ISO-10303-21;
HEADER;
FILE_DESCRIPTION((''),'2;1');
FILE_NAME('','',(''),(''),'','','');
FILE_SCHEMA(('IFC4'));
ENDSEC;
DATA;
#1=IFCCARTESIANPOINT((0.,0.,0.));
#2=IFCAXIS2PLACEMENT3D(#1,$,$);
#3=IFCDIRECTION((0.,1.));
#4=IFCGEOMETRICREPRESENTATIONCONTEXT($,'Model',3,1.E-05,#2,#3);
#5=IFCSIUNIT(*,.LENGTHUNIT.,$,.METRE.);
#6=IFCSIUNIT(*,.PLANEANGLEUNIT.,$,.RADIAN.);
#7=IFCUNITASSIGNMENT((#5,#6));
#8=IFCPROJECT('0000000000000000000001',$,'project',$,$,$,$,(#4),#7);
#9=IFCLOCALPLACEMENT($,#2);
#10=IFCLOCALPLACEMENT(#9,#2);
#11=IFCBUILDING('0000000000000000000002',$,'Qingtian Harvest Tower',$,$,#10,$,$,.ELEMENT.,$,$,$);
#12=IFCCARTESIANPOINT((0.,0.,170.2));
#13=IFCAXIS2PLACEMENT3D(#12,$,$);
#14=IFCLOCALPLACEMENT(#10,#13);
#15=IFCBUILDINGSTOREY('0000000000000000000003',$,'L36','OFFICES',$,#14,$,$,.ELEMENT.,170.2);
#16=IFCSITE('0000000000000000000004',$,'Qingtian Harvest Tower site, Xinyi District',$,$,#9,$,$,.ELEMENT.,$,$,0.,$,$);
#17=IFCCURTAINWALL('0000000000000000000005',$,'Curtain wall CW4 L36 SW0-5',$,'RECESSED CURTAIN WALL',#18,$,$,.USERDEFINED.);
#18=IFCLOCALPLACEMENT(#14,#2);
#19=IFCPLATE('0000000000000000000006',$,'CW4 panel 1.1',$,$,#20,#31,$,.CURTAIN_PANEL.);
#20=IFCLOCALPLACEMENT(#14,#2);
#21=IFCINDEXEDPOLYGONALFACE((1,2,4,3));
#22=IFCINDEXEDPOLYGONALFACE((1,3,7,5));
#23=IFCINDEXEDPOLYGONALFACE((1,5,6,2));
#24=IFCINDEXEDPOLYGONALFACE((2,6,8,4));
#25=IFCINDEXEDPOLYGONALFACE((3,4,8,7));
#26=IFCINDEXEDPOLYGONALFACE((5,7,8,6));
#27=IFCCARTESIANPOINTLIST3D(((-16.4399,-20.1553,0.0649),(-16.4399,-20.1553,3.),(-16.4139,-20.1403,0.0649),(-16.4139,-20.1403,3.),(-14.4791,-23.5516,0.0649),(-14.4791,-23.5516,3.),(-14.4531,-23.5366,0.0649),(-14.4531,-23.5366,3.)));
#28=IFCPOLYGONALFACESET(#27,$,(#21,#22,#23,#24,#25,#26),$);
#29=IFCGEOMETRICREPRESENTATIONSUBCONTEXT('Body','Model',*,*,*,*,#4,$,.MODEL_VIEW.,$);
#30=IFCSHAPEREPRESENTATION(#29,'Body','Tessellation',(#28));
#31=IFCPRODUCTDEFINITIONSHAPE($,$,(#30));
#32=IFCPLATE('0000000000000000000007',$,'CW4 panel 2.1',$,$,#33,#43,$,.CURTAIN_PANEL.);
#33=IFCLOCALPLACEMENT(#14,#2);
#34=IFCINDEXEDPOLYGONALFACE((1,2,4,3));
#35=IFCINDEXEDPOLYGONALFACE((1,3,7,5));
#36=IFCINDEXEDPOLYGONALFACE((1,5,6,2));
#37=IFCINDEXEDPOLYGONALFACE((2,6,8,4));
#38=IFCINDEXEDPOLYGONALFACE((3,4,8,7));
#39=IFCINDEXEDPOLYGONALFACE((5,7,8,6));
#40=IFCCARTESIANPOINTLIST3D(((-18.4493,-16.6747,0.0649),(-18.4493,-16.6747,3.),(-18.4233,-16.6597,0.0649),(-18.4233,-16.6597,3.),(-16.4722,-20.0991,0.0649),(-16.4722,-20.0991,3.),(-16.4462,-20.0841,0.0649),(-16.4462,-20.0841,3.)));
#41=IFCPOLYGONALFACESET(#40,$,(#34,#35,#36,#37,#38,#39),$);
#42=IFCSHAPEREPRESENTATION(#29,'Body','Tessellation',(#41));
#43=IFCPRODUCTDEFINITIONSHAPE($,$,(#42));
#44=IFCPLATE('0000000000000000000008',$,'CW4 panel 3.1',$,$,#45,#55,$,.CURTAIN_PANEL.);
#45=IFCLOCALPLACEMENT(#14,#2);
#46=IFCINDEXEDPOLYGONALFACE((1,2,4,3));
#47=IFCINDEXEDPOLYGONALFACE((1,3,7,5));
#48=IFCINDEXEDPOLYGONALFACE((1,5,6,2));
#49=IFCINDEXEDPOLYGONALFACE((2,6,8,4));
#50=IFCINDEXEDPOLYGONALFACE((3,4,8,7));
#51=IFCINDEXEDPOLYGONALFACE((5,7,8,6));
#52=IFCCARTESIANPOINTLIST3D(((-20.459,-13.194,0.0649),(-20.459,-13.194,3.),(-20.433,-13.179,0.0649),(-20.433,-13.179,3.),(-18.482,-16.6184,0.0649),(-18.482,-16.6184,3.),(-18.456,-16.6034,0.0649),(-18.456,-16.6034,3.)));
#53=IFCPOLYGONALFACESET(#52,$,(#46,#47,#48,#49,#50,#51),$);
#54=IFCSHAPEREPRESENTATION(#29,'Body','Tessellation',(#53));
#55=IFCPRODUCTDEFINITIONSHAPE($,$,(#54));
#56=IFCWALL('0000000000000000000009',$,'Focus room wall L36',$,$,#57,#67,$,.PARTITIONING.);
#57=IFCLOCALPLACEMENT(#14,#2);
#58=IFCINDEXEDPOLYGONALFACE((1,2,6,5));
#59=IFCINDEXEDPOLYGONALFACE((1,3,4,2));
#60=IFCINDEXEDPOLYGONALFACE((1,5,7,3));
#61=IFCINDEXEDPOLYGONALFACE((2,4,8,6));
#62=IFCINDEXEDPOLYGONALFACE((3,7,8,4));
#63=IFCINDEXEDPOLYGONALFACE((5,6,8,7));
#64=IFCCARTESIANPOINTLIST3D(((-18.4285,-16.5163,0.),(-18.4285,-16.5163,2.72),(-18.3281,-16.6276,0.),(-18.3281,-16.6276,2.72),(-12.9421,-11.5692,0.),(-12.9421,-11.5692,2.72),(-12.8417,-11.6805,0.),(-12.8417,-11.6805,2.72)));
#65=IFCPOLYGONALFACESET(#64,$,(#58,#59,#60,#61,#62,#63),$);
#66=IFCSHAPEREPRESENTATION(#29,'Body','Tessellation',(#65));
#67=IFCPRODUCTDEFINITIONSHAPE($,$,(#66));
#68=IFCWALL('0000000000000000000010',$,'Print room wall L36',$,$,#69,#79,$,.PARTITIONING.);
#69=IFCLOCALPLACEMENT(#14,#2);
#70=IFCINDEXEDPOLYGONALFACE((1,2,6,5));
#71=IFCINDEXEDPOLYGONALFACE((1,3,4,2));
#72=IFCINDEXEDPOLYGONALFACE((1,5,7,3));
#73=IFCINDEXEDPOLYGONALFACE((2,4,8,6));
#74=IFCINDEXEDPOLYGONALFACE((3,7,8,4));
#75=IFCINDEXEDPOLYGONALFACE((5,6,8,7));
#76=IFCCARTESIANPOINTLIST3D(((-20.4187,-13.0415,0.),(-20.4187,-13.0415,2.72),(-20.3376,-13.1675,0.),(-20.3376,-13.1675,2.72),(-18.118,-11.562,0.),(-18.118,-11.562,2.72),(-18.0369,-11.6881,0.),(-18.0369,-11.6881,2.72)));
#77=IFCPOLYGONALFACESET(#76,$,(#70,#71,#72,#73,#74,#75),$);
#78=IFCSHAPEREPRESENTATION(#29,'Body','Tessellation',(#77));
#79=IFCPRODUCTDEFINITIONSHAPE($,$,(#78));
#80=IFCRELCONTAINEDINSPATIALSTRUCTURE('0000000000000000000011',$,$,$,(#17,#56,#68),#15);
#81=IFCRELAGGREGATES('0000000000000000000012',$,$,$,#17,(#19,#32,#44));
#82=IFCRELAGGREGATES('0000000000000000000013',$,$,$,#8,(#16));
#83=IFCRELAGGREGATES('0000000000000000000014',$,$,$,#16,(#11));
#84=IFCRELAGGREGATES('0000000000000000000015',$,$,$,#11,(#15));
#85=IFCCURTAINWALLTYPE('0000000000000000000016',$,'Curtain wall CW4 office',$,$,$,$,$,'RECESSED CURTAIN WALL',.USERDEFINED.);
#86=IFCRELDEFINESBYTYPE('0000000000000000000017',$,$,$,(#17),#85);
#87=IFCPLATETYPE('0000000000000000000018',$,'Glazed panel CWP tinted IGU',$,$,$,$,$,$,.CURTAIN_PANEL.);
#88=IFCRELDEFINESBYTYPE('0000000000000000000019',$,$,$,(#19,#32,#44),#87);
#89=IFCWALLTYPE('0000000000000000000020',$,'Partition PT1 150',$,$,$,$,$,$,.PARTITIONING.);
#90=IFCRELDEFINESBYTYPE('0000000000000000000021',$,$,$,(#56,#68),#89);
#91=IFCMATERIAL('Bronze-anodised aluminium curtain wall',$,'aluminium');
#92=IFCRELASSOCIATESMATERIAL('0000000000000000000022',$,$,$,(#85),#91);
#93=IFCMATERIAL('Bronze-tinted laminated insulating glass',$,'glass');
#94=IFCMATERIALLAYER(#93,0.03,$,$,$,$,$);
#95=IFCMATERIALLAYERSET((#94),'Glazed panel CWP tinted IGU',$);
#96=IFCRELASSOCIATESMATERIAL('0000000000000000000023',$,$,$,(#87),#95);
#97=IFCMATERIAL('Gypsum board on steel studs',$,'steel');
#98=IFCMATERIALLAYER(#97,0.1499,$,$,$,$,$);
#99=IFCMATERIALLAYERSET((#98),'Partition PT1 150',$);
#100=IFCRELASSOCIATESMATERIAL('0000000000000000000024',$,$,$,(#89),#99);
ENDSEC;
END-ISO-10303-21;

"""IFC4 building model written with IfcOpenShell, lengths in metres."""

from ifc_helpers import new_model, si_unit, direction, frame, frame_2d, origin, origin_2d, place, context, subcontext, project, spatial, rectangle, extrude, material, layer, layer_set, type_object, element, aggregate, save


model = new_model("IFC4")

# Units and contexts
model_context = context("Model", 3, precision=1e-05, world=origin(), true_north=direction((0.0, 1.0)))
body_context = subcontext(model_context, "Body", "Model", "MODEL_VIEW")
ifc_project = project(units=[si_unit("LENGTHUNIT", "METRE"), si_unit("PLANEANGLEUNIT", "RADIAN")], contexts=[model_context])

# Site, building, storey
site_placement = place(None, origin())
site = spatial("IfcSite", under=ifc_project, at=site_placement, Name="Qingtian Harvest Tower site, Xinyi District", CompositionType="ELEMENT", RefElevation=0.0)
building_placement = place(site_placement, origin())
building = spatial("IfcBuilding", under=site, at=building_placement, Name="Qingtian Harvest Tower", CompositionType="ELEMENT")
storey_placement = place(building_placement, frame((0.0, 0.0, 170.2)))
storey = spatial("IfcBuildingStorey", under=building, at=storey_placement, Name="L36", Description="OFFICES", CompositionType="ELEMENT", Elevation=170.2)

# Shared definitions
ifc_material_1 = material(Name="Bronze-anodised aluminium curtain wall", Category="aluminium")
curtain_wall_type = type_object("IfcCurtainWallType", Name="Curtain wall CW4 office", ElementType="RECESSED CURTAIN WALL", PredefinedType="USERDEFINED", material=ifc_material_1)

# Curtain wall
curtain_wall_1_placement = place(storey_placement, origin())
curtain_wall_1 = element("IfcCurtainWall", 1, at=curtain_wall_1_placement, inside=storey, type_object=curtain_wall_type, Name="Curtain wall CW4 L36 SW0-5", ObjectType="RECESSED CURTAIN WALL", PredefinedType="USERDEFINED")

# Plates
ifc_material_2 = material(Name="Bronze-tinted laminated insulating glass", Category="glass")
ifc_layer_1 = layer(ifc_material_2, 0.03)
ifc_layer_set_1 = layer_set([ifc_layer_1], Name="Glazed panel CWP tinted IGU")
plate_type = type_object("IfcPlateType", Name="Glazed panel CWP tinted IGU", PredefinedType="CURTAIN_PANEL", material=ifc_layer_set_1)
plate_1_placement = place(storey_placement, frame((-15.4465, -21.8459, 0.0649), z_axis=(0.0, 0.0, 1.0), x_axis=(-0.5, 0.866025, 0.0)))
plate_1 = element("IfcPlate", 2, at=plate_1_placement, type_object=plate_type, Name="CW4 panel 1.1", PredefinedType="CURTAIN_PANEL", context=body_context, shape_type="SweptSolid", body=[
    extrude(rectangle(XDim=3.9216, YDim=0.03, at=origin_2d()), origin(), (0.0, 0.0, 1.0), 2.9351),
])
plate_2_placement = place(storey_placement, frame((-17.4478, -18.3794, 0.0649), z_axis=(0.0, 0.0, 1.0), x_axis=(-0.5, 0.866025, 0.0)))
plate_2 = element("IfcPlate", 3, at=plate_2_placement, type_object=plate_type, Name="CW4 panel 2.1", PredefinedType="CURTAIN_PANEL", context=body_context, shape_type="SweptSolid", body=[
    extrude(rectangle(XDim=3.9541, YDim=0.03, at=origin_2d()), origin(), (0.0, 0.0, 1.0), 2.9351),
])
plate_3_placement = place(storey_placement, frame((-19.4575, -14.8987, 0.0649), z_axis=(0.0, 0.0, 1.0), x_axis=(-0.5, 0.866025, 0.0)))
plate_3 = element("IfcPlate", 4, at=plate_3_placement, type_object=plate_type, Name="CW4 panel 3.1", PredefinedType="CURTAIN_PANEL", context=body_context, shape_type="SweptSolid", body=[
    extrude(rectangle(XDim=3.9541, YDim=0.03, at=origin_2d()), origin(), (0.0, 0.0, 1.0), 2.9351),
])
aggregate(curtain_wall_1, [plate_1, plate_2, plate_3])

# Walls
ifc_material_3 = material(Name="Gypsum board on steel studs", Category="steel")
ifc_layer_2 = layer(ifc_material_3, 0.1499)
ifc_layer_set_2 = layer_set([ifc_layer_2], Name="Partition PT1 150")
wall_type = type_object("IfcWallType", Name="Partition PT1 150", PredefinedType="PARTITIONING", material=ifc_layer_set_2)
wall_1_placement = place(storey_placement, frame((-18.3784, -16.572, 0.0), z_axis=(0.0, 0.0, 1.0), x_axis=(0.742666, 0.669662, 0.0)))
element("IfcWall", 5, at=wall_1_placement, inside=storey, type_object=wall_type, Name="Focus room wall L36", PredefinedType="PARTITIONING", context=body_context, shape_type="SweptSolid", body=[
    extrude(rectangle(XDim=7.3875, YDim=0.1499, at=frame_2d((3.6938, 0.0))), origin(), (0.0, 0.0, 1.0), 2.72),
])
wall_2_placement = place(storey_placement, frame((-20.3782, -13.1045, 0.0), z_axis=(0.0, 0.0, 1.0), x_axis=(0.841109, 0.540866, 0.0)))
element("IfcWall", 6, at=wall_2_placement, inside=storey, type_object=wall_type, Name="Print room wall L36", PredefinedType="PARTITIONING", context=body_context, shape_type="SweptSolid", body=[
    extrude(rectangle(XDim=2.7354, YDim=0.1499, at=frame_2d((1.3677, 0.0))), origin(), (0.0, 0.0, 1.0), 2.72),
])

save(model, "model.ifc")
